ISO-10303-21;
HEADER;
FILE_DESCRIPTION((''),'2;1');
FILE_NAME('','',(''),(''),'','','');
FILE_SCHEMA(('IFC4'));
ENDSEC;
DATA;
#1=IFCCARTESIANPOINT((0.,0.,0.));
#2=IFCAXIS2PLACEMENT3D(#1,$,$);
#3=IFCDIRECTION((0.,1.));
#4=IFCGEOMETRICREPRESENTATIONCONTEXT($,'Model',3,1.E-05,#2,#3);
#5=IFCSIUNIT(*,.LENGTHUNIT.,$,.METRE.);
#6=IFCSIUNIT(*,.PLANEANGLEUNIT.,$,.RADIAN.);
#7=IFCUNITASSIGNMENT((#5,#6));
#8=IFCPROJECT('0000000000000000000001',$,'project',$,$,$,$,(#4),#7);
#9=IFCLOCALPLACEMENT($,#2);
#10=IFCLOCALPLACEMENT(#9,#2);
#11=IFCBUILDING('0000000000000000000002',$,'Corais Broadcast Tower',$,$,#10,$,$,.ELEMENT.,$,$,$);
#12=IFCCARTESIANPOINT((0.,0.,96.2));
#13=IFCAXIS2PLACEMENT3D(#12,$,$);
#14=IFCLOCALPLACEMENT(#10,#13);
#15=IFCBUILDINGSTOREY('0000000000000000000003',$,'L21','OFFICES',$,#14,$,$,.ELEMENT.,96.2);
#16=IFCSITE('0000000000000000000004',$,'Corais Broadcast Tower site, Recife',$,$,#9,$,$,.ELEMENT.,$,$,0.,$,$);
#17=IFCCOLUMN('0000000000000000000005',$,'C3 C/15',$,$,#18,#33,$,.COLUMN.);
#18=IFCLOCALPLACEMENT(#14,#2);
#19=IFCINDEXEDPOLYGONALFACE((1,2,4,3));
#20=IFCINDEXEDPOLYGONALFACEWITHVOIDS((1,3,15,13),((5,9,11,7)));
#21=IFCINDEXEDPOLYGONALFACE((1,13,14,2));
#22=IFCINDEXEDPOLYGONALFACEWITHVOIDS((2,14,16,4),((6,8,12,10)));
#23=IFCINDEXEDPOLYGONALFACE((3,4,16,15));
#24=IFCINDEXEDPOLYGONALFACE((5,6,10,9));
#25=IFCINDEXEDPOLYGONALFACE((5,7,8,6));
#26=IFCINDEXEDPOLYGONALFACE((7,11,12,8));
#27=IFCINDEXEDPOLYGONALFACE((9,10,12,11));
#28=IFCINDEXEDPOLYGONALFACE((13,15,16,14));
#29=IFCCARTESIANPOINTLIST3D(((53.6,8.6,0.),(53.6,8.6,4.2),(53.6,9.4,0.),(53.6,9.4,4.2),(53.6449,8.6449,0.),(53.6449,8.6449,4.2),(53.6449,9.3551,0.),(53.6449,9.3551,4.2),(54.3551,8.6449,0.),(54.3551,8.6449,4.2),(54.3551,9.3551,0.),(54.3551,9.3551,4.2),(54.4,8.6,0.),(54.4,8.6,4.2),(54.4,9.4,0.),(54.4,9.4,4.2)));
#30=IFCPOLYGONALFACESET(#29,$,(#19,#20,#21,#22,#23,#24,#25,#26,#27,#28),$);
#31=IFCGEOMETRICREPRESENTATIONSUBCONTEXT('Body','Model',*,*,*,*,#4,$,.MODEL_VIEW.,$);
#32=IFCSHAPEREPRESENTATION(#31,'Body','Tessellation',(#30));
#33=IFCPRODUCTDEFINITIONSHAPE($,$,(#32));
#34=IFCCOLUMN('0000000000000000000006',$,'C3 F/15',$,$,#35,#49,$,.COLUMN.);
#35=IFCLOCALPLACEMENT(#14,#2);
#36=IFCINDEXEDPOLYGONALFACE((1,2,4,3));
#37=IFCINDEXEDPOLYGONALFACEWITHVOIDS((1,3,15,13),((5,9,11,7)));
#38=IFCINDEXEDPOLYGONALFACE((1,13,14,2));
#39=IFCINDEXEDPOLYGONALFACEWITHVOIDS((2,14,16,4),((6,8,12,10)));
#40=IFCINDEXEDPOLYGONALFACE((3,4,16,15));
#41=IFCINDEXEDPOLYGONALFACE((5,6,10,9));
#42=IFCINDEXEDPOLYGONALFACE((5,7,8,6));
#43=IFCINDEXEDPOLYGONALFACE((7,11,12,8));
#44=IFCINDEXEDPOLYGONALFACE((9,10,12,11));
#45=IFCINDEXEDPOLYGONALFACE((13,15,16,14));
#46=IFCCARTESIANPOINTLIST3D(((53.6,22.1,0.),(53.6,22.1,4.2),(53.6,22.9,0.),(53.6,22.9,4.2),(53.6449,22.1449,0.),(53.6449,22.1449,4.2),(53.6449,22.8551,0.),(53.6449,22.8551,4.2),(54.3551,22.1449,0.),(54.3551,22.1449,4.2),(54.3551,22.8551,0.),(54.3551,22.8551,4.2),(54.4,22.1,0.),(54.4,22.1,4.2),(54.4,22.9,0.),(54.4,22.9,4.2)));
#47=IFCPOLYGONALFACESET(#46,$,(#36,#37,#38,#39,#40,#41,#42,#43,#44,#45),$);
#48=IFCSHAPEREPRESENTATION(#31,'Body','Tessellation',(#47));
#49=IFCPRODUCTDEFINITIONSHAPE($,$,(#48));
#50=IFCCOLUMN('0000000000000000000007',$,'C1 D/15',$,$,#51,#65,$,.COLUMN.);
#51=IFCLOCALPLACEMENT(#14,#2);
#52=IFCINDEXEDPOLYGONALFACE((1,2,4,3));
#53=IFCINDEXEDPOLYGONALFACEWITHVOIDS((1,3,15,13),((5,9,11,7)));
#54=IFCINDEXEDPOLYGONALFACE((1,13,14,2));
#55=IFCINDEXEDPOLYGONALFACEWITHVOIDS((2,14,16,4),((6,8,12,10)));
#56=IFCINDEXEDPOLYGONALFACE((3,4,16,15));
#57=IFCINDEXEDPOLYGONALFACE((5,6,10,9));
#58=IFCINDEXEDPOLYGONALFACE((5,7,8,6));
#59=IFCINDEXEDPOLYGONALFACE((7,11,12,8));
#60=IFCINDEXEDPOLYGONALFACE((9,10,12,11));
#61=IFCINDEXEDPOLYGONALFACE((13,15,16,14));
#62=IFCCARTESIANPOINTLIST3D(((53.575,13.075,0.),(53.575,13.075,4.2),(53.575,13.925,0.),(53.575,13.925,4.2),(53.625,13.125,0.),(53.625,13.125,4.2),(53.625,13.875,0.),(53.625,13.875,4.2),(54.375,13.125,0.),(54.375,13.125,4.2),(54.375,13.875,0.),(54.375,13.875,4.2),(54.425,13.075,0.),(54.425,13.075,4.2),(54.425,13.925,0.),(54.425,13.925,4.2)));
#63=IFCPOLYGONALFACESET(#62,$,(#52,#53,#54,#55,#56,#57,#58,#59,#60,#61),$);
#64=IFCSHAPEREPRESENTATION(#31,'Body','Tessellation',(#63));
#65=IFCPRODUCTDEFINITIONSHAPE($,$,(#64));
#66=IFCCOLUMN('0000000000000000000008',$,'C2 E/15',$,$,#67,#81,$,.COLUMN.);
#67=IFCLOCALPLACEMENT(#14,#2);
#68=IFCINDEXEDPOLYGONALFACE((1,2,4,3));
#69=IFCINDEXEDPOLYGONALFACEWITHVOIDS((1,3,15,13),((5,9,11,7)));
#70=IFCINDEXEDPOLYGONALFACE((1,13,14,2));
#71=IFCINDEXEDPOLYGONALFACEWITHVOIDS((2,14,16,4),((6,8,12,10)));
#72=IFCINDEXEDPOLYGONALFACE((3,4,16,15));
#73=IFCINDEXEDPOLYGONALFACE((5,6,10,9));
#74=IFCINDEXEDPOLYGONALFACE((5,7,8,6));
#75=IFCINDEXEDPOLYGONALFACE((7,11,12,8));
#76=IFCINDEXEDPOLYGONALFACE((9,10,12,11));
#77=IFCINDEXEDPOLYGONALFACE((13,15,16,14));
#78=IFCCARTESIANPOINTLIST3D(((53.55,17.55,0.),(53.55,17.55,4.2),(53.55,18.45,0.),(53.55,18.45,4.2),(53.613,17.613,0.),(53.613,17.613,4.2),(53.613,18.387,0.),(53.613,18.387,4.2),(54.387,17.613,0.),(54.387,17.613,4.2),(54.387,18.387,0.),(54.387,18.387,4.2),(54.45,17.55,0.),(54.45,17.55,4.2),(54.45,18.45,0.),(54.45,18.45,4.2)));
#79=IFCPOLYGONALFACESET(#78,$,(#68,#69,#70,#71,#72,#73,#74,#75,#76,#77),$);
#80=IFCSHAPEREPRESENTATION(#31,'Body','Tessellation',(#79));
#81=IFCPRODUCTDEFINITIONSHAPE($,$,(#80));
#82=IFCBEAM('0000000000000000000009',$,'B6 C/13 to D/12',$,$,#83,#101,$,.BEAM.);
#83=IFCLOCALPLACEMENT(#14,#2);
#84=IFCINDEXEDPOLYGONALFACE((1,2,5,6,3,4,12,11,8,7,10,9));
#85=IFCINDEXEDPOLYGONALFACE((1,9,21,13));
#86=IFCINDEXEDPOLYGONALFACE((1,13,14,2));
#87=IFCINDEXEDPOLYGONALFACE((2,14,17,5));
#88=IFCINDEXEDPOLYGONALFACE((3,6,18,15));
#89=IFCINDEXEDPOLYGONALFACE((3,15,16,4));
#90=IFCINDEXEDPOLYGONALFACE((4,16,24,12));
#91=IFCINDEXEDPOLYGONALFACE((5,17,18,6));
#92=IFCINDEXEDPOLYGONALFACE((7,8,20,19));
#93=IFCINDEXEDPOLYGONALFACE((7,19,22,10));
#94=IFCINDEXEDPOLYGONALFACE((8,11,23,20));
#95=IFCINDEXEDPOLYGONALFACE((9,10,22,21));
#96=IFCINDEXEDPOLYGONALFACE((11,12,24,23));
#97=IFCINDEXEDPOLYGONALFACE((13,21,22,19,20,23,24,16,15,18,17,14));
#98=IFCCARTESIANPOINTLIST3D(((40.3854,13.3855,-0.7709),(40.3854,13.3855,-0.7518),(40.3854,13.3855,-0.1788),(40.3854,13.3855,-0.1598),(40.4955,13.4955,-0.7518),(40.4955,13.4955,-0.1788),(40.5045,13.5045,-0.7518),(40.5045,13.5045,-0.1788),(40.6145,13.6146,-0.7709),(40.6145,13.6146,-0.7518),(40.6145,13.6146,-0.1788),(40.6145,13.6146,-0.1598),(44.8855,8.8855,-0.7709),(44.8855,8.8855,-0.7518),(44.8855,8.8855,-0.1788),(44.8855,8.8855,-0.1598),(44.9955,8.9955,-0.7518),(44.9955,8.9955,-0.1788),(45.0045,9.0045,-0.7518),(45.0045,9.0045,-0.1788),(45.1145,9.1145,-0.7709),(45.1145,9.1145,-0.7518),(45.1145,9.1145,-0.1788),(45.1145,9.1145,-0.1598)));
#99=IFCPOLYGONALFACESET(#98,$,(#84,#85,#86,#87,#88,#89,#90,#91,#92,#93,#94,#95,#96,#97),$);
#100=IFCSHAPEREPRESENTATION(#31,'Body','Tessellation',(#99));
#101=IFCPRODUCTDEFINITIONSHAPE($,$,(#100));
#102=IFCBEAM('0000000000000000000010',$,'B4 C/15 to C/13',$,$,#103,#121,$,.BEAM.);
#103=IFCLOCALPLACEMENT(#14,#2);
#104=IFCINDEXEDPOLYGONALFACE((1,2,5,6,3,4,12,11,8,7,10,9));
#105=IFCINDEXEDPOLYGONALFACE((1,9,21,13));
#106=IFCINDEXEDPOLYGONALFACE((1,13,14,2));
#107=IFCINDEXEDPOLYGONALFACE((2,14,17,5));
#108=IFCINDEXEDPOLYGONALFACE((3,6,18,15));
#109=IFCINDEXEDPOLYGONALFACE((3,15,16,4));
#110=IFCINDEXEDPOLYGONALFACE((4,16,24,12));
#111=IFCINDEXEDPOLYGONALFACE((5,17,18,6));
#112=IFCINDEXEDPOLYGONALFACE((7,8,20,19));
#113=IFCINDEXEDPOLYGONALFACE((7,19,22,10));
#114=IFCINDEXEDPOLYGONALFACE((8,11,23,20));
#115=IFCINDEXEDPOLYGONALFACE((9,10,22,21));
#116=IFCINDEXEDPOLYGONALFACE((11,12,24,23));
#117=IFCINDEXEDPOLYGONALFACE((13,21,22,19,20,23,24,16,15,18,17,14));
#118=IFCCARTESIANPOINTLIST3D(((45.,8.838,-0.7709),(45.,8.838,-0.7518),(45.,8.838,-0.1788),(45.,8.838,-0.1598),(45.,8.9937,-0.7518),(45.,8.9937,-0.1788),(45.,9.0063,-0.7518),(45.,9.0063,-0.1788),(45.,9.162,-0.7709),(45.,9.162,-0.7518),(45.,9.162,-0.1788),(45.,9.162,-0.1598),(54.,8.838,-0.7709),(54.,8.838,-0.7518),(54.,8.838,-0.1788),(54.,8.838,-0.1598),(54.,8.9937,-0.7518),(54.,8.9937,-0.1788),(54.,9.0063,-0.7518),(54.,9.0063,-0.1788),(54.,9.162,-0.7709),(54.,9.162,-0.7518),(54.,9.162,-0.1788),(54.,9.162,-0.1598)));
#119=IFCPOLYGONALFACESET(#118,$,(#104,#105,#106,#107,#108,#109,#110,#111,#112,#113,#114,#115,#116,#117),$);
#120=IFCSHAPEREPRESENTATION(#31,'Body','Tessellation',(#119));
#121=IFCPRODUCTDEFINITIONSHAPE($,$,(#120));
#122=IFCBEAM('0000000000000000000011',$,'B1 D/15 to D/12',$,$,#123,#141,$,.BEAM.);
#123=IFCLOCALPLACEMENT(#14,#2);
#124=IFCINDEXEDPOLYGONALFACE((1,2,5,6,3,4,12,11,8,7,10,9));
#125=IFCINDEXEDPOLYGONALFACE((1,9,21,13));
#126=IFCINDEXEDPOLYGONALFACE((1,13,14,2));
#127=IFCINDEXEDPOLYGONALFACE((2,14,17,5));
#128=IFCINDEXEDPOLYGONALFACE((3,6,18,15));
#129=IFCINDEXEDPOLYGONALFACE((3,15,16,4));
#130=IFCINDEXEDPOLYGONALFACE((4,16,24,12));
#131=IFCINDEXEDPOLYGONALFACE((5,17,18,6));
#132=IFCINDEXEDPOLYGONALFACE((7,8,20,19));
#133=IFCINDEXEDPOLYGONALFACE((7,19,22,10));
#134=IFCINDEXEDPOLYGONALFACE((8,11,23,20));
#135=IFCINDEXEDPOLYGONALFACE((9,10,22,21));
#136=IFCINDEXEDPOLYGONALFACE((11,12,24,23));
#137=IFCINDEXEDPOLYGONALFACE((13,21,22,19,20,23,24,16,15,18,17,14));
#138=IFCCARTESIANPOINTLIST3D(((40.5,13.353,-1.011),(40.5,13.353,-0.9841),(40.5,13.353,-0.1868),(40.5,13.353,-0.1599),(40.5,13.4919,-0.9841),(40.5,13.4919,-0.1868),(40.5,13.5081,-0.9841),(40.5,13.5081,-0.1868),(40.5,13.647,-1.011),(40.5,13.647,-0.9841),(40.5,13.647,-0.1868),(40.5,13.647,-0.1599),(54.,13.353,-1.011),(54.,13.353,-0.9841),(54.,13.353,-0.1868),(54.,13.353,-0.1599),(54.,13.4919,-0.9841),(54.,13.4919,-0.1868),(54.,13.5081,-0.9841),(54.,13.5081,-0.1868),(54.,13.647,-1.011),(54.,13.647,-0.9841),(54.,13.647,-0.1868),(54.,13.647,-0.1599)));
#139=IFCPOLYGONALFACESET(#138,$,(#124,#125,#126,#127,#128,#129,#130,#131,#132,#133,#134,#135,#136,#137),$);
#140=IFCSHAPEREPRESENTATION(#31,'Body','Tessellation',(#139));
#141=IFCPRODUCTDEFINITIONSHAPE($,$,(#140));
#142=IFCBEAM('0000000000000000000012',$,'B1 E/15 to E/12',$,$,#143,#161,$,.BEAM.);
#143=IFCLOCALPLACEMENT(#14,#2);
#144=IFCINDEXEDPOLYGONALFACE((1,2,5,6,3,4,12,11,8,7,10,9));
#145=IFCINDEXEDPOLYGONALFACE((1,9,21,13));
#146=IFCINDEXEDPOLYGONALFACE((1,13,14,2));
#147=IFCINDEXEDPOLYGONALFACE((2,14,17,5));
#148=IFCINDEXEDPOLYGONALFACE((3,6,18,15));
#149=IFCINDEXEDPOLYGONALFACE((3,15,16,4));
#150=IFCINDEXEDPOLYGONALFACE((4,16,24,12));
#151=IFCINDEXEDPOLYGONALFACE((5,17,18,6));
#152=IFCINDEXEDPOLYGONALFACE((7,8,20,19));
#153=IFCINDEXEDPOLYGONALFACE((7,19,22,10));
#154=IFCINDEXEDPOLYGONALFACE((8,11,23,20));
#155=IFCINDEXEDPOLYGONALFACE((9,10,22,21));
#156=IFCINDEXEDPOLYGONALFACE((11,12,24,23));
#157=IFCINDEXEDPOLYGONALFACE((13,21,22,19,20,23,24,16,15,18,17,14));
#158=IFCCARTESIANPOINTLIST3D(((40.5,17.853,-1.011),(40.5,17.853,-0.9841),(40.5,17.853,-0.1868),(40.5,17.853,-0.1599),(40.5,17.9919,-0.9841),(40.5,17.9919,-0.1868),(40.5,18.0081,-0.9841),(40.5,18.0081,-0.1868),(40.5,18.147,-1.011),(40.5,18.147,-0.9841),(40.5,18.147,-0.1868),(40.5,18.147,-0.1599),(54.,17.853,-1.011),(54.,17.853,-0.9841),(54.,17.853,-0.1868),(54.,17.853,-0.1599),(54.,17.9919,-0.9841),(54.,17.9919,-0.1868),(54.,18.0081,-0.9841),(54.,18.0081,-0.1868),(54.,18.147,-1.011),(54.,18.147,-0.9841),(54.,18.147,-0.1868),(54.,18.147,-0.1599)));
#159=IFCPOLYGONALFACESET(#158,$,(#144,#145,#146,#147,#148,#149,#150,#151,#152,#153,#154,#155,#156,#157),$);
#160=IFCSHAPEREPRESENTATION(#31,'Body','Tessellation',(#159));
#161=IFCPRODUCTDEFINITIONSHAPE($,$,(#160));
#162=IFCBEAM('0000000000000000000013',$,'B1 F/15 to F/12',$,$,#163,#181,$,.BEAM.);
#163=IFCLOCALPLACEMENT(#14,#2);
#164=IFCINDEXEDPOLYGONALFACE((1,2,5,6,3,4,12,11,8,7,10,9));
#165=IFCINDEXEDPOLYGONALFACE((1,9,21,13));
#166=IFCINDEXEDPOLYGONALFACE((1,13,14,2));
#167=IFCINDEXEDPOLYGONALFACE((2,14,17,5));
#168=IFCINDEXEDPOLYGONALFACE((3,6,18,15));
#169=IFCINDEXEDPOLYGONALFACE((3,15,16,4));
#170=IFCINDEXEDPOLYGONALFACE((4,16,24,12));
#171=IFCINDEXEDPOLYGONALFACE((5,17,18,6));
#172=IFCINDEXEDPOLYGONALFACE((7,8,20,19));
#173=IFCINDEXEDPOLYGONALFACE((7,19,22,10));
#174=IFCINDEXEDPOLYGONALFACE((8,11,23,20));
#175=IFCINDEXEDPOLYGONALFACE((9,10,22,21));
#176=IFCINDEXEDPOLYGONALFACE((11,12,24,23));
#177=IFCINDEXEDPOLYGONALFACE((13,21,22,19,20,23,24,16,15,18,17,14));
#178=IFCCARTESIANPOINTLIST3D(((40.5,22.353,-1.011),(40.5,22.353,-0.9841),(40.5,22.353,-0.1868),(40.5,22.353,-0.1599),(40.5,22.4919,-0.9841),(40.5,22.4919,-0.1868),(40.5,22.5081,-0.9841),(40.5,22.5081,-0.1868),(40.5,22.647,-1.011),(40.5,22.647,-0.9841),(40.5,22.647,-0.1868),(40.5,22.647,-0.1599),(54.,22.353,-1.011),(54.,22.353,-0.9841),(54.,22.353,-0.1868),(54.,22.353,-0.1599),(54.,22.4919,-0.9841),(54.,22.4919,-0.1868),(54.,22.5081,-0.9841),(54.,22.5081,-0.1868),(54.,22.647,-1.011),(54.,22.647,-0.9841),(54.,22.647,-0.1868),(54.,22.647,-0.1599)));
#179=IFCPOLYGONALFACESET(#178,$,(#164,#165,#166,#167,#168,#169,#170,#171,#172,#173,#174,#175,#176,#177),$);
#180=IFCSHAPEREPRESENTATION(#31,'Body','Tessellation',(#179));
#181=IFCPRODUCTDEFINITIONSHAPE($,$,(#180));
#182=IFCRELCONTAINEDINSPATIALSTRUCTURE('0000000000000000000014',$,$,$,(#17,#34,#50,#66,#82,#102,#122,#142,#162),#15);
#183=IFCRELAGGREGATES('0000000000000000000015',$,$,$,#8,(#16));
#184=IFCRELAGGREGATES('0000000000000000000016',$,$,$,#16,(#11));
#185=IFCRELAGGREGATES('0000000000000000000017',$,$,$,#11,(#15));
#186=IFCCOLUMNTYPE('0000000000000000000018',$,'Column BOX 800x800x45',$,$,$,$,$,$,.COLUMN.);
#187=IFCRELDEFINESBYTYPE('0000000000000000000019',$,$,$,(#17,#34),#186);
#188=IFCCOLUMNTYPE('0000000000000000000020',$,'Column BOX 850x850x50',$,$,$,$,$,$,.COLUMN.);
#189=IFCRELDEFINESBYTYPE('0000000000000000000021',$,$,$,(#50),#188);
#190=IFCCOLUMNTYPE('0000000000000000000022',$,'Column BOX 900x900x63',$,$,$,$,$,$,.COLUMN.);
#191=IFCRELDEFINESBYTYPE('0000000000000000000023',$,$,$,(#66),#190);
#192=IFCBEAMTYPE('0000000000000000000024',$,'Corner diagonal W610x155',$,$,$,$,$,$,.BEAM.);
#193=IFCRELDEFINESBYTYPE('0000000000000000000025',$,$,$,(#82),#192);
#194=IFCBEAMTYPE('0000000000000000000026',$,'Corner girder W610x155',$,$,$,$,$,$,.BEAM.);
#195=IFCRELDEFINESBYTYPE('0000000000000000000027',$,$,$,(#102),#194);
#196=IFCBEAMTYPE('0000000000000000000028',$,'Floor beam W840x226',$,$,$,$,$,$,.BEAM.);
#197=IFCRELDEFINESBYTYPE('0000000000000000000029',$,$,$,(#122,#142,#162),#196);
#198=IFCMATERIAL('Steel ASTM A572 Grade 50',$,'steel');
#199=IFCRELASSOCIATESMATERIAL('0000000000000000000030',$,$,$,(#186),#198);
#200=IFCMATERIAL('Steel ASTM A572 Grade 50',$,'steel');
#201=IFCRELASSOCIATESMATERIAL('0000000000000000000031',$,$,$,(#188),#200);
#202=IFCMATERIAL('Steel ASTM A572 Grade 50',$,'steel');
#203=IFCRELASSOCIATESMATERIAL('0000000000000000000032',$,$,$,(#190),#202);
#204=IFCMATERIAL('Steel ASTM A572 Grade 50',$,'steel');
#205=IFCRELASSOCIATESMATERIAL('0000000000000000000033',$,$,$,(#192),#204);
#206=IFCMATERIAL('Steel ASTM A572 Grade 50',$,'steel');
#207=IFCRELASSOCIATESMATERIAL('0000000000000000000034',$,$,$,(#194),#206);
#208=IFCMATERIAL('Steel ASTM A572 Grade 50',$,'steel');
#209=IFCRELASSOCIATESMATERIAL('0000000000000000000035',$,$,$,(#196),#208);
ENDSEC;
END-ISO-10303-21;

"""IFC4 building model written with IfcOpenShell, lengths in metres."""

from ifc_helpers import new_model, si_unit, direction, frame, origin, origin_2d, place, context, subcontext, project, spatial, hollow_rectangle, i_section, extrude, material, material_profile, profile_set, type_object, element, save


model = new_model("IFC4")

# Units and contexts
model_context = context("Model", 3, precision=1e-05, world=origin(), true_north=direction((0.0, 1.0)))
body_context = subcontext(model_context, "Body", "Model", "MODEL_VIEW")
ifc_project = project(units=[si_unit("LENGTHUNIT", "METRE"), si_unit("PLANEANGLEUNIT", "RADIAN")], contexts=[model_context])

# Site, building, storey
site_placement = place(None, origin())
site = spatial("IfcSite", under=ifc_project, at=site_placement, Name="Corais Broadcast Tower site, Recife", CompositionType="ELEMENT", RefElevation=0.0)
building_placement = place(site_placement, origin())
building = spatial("IfcBuilding", under=site, at=building_placement, Name="Corais Broadcast Tower", CompositionType="ELEMENT")
storey_placement = place(building_placement, frame((0.0, 0.0, 96.2)))
storey = spatial("IfcBuildingStorey", under=building, at=storey_placement, Name="L21", Description="OFFICES", CompositionType="ELEMENT", Elevation=96.2)

# Columns
ifc_material_1 = material(Name="Steel ASTM A572 Grade 50", Category="steel")
ifc_material_profile_1 = material_profile(ifc_material_1, hollow_rectangle(XDim=0.8, YDim=0.8, WallThickness=0.0449, at=origin_2d()), Name="BOX 800x800x45")
ifc_profile_set_1 = profile_set([ifc_material_profile_1], Name="Steel ASTM A572 Grade 50")
column_type_1 = type_object("IfcColumnType", Name="Column BOX 800x800x45", PredefinedType="COLUMN", material=ifc_profile_set_1)
for number, where, z_axis, x_axis, name in (
    (1, (54.0, 9.0, 0.0), (0.0, 0.0, 1.0), (1.0, 0.0, 0.0), "C3 C/15"),
    (2, (54.0, 22.5, 0.0), (0.0, 0.0, 1.0), (1.0, 0.0, 0.0), "C3 F/15"),
):
    element("IfcColumn", number, at=place(storey_placement, frame(where, z_axis=z_axis, x_axis=x_axis)), inside=storey, type_object=column_type_1, Name=name, PredefinedType="COLUMN", context=body_context, shape_type="SweptSolid", body=[
        extrude(hollow_rectangle(XDim=0.8, YDim=0.8, WallThickness=0.0449, at=origin_2d()), origin(), (0.0, 0.0, 1.0), 4.2),
    ])
ifc_material_2 = material(Name="Steel ASTM A572 Grade 50", Category="steel")
ifc_material_profile_2 = material_profile(ifc_material_2, hollow_rectangle(XDim=0.8501, YDim=0.8501, WallThickness=0.05, at=origin_2d()), Name="BOX 850x850x50")
ifc_profile_set_2 = profile_set([ifc_material_profile_2], Name="Steel ASTM A572 Grade 50")
column_type_2 = type_object("IfcColumnType", Name="Column BOX 850x850x50", PredefinedType="COLUMN", material=ifc_profile_set_2)
column_1_placement = place(storey_placement, frame((54.0, 13.5, 0.0), z_axis=(0.0, 0.0, 1.0), x_axis=(1.0, 0.0, 0.0)))
element("IfcColumn", 3, at=column_1_placement, inside=storey, type_object=column_type_2, Name="C1 D/15", PredefinedType="COLUMN", context=body_context, shape_type="SweptSolid", body=[
    extrude(hollow_rectangle(XDim=0.8501, YDim=0.8501, WallThickness=0.05, at=origin_2d()), origin(), (0.0, 0.0, 1.0), 4.2),
])
ifc_material_3 = material(Name="Steel ASTM A572 Grade 50", Category="steel")
ifc_material_profile_3 = material_profile(ifc_material_3, hollow_rectangle(XDim=0.8999, YDim=0.8999, WallThickness=0.063, at=origin_2d()), Name="BOX 900x900x63")
ifc_profile_set_3 = profile_set([ifc_material_profile_3], Name="Steel ASTM A572 Grade 50")
column_type_3 = type_object("IfcColumnType", Name="Column BOX 900x900x63", PredefinedType="COLUMN", material=ifc_profile_set_3)
column_2_placement = place(storey_placement, frame((54.0, 18.0, 0.0), z_axis=(0.0, 0.0, 1.0), x_axis=(1.0, 0.0, 0.0)))
element("IfcColumn", 4, at=column_2_placement, inside=storey, type_object=column_type_3, Name="C2 E/15", PredefinedType="COLUMN", context=body_context, shape_type="SweptSolid", body=[
    extrude(hollow_rectangle(XDim=0.8999, YDim=0.8999, WallThickness=0.063, at=origin_2d()), origin(), (0.0, 0.0, 1.0), 4.2),
])

# Beams
ifc_material_4 = material(Name="Steel ASTM A572 Grade 50", Category="steel")
ifc_material_profile_4 = material_profile(ifc_material_4, i_section(OverallWidth=0.324, OverallDepth=0.6111, WebThickness=0.0127, FlangeThickness=0.019, at=origin_2d()), Name="W610x155")
ifc_profile_set_4 = profile_set([ifc_material_profile_4], Name="Steel ASTM A572 Grade 50")
beam_type_1 = type_object("IfcBeamType", Name="Corner diagonal W610x155", PredefinedType="BEAM", material=ifc_profile_set_4)
beam_1_placement = place(storey_placement, frame((45.0, 9.0, -0.4653), z_axis=(-0.707107, 0.707107, 0.0), x_axis=(-0.707107, -0.707107, 0.0)))
element("IfcBeam", 5, at=beam_1_placement, inside=storey, type_object=beam_type_1, Name="B6 C/13 to D/12", PredefinedType="BEAM", context=body_context, shape_type="SweptSolid", body=[
    extrude(i_section(OverallWidth=0.324, OverallDepth=0.6111, WebThickness=0.0127, FlangeThickness=0.019, at=origin_2d()), origin(), (0.0, 0.0, 1.0), 6.364),
])
ifc_material_5 = material(Name="Steel ASTM A572 Grade 50", Category="steel")
ifc_material_profile_5 = material_profile(ifc_material_5, i_section(OverallWidth=0.324, OverallDepth=0.6111, WebThickness=0.0127, FlangeThickness=0.019, at=origin_2d()), Name="W610x155")
ifc_profile_set_5 = profile_set([ifc_material_profile_5], Name="Steel ASTM A572 Grade 50")
beam_type_2 = type_object("IfcBeamType", Name="Corner girder W610x155", PredefinedType="BEAM", material=ifc_profile_set_5)
beam_2_placement = place(storey_placement, frame((54.0, 9.0, -0.4653), z_axis=(-1.0, 0.0, 0.0), x_axis=(0.0, -1.0, 0.0)))
element("IfcBeam", 6, at=beam_2_placement, inside=storey, type_object=beam_type_2, Name="B4 C/15 to C/13", PredefinedType="BEAM", context=body_context, shape_type="SweptSolid", body=[
    extrude(i_section(OverallWidth=0.324, OverallDepth=0.6111, WebThickness=0.0127, FlangeThickness=0.019, at=origin_2d()), origin(), (0.0, 0.0, 1.0), 9.0),
])
ifc_material_6 = material(Name="Steel ASTM A572 Grade 50", Category="steel")
ifc_material_profile_6 = material_profile(ifc_material_6, i_section(OverallWidth=0.2939, OverallDepth=0.8511, WebThickness=0.0161, FlangeThickness=0.0269, at=origin_2d()), Name="W840x226")
ifc_profile_set_6 = profile_set([ifc_material_profile_6], Name="Steel ASTM A572 Grade 50")
beam_type_3 = type_object("IfcBeamType", Name="Floor beam W840x226", PredefinedType="BEAM", material=ifc_profile_set_6)
for number, where, z_axis, x_axis, name in (
    (7, (54.0, 13.5, -0.5854), (-1.0, 0.0, 0.0), (0.0, -1.0, 0.0), "B1 D/15 to D/12"),
    (8, (54.0, 18.0, -0.5854), (-1.0, 0.0, 0.0), (0.0, -1.0, 0.0), "B1 E/15 to E/12"),
    (9, (54.0, 22.5, -0.5854), (-1.0, 0.0, 0.0), (0.0, -1.0, 0.0), "B1 F/15 to F/12"),
):
    element("IfcBeam", number, at=place(storey_placement, frame(where, z_axis=z_axis, x_axis=x_axis)), inside=storey, type_object=beam_type_3, Name=name, PredefinedType="BEAM", context=body_context, shape_type="SweptSolid", body=[
        extrude(i_section(OverallWidth=0.2939, OverallDepth=0.8511, WebThickness=0.0161, FlangeThickness=0.0269, at=origin_2d()), origin(), (0.0, 0.0, 1.0), 13.5),
    ])

save(model, "model.ifc")
